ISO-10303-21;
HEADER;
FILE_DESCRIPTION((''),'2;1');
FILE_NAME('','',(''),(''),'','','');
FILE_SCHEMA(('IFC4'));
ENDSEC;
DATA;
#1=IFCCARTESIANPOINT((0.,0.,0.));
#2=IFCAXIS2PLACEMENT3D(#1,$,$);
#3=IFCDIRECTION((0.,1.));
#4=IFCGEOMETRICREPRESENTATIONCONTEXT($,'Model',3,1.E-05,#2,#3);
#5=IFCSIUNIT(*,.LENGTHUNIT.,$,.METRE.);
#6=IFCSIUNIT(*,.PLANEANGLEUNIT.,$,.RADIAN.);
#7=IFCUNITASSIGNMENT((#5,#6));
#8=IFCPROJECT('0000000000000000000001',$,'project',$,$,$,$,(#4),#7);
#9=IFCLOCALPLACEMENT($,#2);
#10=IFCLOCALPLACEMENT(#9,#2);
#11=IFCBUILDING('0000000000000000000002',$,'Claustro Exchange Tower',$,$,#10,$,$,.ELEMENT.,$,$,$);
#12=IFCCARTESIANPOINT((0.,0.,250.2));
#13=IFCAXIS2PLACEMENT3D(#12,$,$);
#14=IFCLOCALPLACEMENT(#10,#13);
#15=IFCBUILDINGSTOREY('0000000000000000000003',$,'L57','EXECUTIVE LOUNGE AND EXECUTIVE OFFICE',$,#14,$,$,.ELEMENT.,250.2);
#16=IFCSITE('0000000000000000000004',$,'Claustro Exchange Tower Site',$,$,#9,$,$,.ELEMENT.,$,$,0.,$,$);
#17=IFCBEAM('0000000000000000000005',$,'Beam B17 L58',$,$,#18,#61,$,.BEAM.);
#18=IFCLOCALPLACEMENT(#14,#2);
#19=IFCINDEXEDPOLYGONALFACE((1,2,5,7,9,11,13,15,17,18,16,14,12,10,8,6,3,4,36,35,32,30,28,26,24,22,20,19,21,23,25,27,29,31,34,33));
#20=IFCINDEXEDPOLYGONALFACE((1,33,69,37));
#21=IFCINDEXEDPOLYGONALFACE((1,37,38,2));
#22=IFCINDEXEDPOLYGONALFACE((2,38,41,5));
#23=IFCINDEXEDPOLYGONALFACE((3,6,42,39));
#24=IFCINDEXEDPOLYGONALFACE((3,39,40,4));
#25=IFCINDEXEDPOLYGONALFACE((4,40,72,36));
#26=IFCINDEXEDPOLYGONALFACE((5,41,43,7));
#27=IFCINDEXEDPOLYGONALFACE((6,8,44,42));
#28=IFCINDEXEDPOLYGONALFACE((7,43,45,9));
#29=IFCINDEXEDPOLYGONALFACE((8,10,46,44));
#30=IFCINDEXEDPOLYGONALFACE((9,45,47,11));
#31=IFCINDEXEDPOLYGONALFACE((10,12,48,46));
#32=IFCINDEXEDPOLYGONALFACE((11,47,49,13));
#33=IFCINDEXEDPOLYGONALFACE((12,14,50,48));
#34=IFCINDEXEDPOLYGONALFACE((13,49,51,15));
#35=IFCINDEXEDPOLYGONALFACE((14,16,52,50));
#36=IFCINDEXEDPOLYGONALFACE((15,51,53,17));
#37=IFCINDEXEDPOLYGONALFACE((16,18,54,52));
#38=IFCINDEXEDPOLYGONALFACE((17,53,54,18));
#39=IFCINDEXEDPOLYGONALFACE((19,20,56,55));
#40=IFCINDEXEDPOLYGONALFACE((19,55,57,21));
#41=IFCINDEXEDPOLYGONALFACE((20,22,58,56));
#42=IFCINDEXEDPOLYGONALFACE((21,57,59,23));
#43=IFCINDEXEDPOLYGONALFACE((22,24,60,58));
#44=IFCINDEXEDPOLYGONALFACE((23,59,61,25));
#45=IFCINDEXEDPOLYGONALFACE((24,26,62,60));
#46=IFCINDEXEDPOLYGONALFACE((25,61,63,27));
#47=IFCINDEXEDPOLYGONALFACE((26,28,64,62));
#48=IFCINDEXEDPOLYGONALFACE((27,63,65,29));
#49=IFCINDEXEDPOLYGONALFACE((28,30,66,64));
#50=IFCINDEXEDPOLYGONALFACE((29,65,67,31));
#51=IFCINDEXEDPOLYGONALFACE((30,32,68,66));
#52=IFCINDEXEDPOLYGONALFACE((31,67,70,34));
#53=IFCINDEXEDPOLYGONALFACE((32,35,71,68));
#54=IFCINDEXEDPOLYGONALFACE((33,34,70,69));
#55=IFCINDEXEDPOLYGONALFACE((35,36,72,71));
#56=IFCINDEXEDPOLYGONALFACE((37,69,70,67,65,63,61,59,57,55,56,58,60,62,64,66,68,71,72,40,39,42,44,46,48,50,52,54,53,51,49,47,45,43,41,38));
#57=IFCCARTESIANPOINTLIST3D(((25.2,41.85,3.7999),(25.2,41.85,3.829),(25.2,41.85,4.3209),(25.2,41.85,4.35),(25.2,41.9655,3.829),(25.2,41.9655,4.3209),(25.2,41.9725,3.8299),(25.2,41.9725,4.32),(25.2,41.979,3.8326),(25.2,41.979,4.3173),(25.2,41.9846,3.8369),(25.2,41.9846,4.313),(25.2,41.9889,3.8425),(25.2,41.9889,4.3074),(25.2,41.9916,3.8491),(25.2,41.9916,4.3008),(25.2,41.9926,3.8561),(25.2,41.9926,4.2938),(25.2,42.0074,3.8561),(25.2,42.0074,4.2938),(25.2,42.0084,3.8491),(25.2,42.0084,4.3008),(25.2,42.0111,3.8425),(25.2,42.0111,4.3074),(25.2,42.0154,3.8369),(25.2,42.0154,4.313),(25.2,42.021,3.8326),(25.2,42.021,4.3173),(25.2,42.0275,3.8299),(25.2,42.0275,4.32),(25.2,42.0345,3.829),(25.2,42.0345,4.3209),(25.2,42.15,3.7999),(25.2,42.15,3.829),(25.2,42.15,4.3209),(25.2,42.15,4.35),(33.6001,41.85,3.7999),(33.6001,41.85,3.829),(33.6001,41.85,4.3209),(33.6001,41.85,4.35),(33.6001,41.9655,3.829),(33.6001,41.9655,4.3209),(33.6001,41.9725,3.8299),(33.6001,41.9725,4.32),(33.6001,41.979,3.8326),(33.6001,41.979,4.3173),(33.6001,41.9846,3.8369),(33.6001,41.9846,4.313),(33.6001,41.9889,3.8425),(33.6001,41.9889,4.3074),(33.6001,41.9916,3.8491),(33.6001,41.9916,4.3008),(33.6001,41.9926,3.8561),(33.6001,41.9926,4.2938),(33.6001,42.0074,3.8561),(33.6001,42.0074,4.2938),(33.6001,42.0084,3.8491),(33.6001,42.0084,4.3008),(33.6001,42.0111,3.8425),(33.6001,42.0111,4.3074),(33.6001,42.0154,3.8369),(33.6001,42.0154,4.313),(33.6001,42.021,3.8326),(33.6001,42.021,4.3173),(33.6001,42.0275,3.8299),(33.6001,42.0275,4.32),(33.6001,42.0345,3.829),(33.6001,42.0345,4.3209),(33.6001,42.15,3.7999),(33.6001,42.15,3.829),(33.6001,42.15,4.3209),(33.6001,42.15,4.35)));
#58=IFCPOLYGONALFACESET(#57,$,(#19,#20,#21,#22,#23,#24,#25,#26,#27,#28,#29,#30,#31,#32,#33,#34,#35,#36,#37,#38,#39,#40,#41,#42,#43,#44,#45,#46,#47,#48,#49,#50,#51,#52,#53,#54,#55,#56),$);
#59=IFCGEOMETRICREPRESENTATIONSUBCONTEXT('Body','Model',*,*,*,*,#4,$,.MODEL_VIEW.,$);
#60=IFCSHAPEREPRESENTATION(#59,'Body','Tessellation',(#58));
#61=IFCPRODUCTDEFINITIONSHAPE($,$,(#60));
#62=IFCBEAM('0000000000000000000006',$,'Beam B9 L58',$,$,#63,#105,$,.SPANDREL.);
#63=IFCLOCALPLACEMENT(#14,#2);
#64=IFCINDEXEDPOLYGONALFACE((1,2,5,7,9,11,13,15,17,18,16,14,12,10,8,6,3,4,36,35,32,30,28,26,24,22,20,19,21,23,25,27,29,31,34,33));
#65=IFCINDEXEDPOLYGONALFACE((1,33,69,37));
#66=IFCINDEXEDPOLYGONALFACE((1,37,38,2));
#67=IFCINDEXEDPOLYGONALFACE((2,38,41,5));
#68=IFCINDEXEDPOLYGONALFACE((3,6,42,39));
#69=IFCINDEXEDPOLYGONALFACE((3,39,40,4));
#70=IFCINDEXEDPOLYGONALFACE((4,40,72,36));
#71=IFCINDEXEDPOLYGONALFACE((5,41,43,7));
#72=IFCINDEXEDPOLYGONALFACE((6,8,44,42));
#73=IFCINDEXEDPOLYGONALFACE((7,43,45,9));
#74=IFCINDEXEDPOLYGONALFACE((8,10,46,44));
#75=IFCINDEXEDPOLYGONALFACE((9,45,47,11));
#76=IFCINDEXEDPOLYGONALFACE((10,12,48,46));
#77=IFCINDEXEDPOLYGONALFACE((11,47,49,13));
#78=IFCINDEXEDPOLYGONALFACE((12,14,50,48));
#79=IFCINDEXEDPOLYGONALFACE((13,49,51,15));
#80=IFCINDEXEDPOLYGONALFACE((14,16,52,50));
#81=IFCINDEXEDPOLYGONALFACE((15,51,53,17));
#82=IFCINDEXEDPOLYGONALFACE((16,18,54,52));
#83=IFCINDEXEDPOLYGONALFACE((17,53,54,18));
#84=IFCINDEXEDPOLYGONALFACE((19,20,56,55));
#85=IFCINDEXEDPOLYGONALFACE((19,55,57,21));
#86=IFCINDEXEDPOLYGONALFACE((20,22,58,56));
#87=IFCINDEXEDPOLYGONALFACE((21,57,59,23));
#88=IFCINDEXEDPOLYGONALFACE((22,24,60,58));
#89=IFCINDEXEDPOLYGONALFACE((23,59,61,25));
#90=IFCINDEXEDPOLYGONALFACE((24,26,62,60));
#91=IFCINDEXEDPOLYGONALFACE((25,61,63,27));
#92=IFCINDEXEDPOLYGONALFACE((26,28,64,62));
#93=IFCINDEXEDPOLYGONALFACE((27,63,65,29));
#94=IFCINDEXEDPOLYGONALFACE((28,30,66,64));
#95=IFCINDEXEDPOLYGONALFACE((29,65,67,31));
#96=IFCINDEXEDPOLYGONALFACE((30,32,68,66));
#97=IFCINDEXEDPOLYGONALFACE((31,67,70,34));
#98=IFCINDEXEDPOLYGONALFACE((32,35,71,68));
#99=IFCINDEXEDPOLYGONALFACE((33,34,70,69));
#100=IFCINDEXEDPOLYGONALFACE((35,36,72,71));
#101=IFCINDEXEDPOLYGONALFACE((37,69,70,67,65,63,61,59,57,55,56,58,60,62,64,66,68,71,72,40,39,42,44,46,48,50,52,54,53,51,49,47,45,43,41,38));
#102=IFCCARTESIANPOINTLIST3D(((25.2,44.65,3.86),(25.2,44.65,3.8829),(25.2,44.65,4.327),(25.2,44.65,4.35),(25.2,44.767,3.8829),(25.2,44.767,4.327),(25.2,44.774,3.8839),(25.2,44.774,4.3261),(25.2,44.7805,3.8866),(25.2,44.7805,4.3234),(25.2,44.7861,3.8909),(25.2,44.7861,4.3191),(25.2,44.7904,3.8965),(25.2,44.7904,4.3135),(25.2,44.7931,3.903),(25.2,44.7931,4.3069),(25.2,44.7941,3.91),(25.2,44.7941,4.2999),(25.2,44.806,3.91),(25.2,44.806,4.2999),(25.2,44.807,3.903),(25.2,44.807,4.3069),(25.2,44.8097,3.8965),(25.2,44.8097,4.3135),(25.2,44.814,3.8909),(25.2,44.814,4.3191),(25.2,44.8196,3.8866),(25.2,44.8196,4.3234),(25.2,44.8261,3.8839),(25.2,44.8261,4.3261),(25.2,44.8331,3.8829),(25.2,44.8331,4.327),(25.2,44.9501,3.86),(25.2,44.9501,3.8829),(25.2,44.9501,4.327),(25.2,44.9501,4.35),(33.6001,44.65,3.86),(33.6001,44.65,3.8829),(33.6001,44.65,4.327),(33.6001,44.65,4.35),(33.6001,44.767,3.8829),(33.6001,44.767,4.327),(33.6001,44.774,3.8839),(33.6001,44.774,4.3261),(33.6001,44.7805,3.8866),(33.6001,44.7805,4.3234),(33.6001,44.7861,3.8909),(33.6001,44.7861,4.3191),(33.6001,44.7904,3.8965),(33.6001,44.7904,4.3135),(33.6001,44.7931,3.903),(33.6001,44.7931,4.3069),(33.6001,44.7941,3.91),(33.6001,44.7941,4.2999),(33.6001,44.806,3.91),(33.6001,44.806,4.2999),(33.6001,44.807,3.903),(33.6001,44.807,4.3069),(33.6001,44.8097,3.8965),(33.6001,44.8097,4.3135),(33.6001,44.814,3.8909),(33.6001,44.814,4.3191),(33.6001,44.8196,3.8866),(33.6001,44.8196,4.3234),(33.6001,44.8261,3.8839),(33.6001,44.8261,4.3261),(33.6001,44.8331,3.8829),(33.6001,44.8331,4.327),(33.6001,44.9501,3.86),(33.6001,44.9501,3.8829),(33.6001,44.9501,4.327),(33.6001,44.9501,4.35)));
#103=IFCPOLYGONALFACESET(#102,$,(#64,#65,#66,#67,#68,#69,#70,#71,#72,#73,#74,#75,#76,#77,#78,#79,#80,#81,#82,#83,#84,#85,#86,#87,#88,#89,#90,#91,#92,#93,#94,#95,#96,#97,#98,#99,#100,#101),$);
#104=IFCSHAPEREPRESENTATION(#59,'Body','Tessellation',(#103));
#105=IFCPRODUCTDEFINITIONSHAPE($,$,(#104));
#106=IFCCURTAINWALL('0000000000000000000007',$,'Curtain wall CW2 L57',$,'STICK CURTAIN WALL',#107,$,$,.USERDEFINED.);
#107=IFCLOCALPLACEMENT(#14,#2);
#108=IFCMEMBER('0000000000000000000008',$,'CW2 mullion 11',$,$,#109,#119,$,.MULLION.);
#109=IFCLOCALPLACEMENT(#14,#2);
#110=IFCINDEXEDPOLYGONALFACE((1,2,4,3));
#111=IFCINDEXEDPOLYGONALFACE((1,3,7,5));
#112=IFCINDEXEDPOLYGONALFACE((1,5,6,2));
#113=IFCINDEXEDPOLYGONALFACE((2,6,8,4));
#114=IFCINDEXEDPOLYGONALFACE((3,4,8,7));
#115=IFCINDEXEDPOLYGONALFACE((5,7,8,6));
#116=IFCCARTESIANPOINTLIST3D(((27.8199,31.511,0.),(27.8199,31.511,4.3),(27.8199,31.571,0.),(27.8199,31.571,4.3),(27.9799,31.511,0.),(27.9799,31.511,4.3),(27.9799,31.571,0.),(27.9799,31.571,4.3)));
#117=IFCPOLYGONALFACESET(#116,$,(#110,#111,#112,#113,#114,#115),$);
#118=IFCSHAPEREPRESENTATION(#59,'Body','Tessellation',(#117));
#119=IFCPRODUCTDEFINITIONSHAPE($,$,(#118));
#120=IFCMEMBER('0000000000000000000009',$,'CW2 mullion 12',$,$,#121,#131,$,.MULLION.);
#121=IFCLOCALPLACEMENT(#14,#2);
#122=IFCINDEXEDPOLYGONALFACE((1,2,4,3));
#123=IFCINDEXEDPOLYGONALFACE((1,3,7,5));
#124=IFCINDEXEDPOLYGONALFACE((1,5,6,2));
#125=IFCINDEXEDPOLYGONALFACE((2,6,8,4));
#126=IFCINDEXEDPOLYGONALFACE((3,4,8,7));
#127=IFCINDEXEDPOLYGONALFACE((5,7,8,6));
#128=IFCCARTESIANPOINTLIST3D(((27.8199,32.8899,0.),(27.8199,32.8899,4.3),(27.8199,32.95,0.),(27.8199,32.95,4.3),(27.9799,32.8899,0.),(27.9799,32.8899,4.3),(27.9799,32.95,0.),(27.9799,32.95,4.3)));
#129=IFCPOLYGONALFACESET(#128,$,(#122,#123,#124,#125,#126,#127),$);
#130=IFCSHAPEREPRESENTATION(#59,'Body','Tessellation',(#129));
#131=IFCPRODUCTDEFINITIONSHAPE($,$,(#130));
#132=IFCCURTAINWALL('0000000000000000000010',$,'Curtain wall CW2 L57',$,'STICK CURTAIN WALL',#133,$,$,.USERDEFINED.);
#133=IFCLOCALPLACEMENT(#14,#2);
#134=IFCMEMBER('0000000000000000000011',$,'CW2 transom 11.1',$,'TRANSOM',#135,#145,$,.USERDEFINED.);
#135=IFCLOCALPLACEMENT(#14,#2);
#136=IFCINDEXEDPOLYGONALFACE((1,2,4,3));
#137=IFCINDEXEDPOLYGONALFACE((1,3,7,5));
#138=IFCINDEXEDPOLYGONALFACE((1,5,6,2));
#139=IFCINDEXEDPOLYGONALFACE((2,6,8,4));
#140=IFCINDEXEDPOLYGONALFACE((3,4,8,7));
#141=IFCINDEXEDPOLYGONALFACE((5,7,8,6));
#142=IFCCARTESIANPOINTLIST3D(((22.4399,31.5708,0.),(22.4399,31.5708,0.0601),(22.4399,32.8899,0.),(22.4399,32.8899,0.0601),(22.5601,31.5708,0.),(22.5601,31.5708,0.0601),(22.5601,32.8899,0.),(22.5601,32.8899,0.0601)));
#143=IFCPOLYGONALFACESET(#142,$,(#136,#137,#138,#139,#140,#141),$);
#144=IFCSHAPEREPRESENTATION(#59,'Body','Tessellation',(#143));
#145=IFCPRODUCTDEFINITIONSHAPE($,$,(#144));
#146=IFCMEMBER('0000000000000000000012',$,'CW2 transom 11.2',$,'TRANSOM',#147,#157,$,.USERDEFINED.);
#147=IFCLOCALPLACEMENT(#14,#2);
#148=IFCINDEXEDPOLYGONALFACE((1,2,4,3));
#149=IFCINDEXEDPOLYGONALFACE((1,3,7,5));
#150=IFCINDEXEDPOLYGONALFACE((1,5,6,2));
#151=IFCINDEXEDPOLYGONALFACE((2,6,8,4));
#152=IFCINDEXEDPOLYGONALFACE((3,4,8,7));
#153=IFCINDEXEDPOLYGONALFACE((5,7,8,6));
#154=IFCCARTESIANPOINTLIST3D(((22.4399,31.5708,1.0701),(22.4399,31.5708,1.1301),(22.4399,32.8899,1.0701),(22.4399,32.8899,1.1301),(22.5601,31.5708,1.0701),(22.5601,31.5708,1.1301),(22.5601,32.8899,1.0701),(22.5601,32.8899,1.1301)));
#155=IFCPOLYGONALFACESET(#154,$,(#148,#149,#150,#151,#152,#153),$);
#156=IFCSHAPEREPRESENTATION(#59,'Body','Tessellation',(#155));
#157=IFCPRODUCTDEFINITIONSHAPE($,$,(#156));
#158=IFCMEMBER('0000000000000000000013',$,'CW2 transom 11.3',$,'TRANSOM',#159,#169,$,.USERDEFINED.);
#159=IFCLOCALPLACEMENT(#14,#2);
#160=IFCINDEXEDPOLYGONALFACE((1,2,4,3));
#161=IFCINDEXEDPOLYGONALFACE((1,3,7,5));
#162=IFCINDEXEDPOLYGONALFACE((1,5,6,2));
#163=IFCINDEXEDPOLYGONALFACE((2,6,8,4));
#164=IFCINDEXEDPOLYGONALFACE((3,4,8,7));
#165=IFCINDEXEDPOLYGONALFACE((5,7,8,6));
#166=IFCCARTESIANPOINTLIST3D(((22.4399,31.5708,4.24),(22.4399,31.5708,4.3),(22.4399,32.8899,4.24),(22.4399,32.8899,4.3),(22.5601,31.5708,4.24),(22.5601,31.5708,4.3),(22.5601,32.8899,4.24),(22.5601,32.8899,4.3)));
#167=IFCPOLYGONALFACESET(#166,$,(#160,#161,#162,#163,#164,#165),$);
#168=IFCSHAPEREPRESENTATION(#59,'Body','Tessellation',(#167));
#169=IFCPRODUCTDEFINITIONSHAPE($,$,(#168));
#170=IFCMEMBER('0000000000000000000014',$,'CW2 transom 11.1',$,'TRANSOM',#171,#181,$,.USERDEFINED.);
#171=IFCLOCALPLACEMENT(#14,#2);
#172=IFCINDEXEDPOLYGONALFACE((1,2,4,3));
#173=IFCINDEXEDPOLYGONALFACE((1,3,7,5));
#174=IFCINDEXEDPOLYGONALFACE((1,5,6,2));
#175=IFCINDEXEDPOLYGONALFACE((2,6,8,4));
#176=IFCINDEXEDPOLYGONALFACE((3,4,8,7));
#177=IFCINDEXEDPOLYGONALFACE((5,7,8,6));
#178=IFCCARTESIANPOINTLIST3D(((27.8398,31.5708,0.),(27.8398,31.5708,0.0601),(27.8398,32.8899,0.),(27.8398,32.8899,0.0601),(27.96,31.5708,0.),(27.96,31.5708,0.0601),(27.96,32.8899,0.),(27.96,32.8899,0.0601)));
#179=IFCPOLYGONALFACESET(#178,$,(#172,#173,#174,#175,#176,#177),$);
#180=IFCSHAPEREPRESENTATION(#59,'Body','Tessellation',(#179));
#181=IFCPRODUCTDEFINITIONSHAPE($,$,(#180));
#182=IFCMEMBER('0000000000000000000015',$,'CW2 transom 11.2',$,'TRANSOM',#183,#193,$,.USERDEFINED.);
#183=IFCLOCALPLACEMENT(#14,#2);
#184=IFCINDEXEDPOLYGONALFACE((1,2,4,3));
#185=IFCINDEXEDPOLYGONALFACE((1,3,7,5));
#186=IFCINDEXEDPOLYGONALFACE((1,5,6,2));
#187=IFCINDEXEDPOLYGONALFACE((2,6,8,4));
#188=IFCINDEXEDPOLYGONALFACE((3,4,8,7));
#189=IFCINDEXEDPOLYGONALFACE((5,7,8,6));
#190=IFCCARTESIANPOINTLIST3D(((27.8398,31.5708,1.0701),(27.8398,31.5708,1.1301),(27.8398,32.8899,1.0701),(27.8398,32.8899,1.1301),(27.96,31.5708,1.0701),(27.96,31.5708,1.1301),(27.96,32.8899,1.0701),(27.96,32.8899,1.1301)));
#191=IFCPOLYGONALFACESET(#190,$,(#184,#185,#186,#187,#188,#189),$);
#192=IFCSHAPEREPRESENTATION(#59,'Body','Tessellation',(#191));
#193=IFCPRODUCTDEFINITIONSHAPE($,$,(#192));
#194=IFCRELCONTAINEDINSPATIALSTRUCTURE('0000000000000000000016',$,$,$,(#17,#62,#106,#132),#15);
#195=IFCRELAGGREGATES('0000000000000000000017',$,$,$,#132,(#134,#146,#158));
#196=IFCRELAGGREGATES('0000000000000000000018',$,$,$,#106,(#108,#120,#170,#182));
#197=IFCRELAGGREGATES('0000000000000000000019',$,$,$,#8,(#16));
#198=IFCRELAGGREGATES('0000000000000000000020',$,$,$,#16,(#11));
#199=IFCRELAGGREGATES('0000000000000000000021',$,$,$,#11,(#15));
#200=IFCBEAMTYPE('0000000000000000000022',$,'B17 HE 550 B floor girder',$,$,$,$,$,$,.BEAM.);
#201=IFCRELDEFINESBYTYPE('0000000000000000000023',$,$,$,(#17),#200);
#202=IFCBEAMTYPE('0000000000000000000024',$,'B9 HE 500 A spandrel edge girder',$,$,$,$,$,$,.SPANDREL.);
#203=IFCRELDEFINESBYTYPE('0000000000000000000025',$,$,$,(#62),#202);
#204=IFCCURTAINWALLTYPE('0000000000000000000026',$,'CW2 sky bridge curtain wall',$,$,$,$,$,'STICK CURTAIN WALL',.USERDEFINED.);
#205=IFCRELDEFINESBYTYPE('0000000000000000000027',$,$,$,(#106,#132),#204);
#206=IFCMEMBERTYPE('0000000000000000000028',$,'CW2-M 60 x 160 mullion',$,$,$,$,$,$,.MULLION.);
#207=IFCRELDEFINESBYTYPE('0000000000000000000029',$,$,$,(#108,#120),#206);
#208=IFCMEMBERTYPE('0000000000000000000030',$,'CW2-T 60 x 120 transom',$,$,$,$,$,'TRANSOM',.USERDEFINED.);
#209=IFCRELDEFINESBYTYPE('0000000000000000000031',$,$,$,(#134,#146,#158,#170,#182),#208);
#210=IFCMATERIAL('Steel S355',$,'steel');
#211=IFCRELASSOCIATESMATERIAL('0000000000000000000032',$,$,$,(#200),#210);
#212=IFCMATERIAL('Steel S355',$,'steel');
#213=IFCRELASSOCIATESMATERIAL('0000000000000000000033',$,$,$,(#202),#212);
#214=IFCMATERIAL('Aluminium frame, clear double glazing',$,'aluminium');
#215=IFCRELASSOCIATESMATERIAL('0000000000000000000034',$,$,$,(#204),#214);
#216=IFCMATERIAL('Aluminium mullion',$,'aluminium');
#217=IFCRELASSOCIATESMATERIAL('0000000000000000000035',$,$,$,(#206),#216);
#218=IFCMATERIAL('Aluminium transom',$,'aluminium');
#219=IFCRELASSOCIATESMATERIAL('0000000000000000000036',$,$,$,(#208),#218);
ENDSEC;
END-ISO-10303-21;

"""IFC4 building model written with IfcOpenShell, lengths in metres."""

from ifc_helpers import new_model, si_unit, direction, frame, origin, origin_2d, place, context, subcontext, project, spatial, rectangle, i_section, extrude, material, material_profile, profile_set, type_object, element, aggregate, save


model = new_model("IFC4")

# Units and contexts
model_context = context("Model", 3, precision=1e-05, world=origin(), true_north=direction((0.0, 1.0)))
body_context = subcontext(model_context, "Body", "Model", "MODEL_VIEW")
ifc_project = project(units=[si_unit("LENGTHUNIT", "METRE"), si_unit("PLANEANGLEUNIT", "RADIAN")], contexts=[model_context])

# Site, building, storey
site_placement = place(None, origin())
site = spatial("IfcSite", under=ifc_project, at=site_placement, Name="Claustro Exchange Tower Site", CompositionType="ELEMENT", RefElevation=0.0)
building_placement = place(site_placement, origin())
building = spatial("IfcBuilding", under=site, at=building_placement, Name="Claustro Exchange Tower", CompositionType="ELEMENT")
storey_placement = place(building_placement, frame((0.0, 0.0, 250.2)))
storey = spatial("IfcBuildingStorey", under=building, at=storey_placement, Name="L57", Description="EXECUTIVE LOUNGE AND EXECUTIVE OFFICE", CompositionType="ELEMENT", Elevation=250.2)

# Beams
ifc_material_1 = material(Name="Steel S355", Category="steel")
ifc_material_profile_1 = material_profile(ifc_material_1, i_section(OverallWidth=0.3, OverallDepth=0.55, WebThickness=0.0149, FlangeThickness=0.0291, FilletRadius=0.0271, at=origin_2d()), Name="HE 550 B")
ifc_profile_set_1 = profile_set([ifc_material_profile_1], Name="Steel S355")
beam_type_1 = type_object("IfcBeamType", Name="B17 HE 550 B floor girder", PredefinedType="BEAM", material=ifc_profile_set_1)
beam_1_placement = place(storey_placement, frame((25.2, 42.0, 4.075), z_axis=(1.0, 0.0, 0.0), x_axis=(0.0, 1.0, 0.0)))
element("IfcBeam", 1, at=beam_1_placement, inside=storey, type_object=beam_type_1, Name="Beam B17 L58", PredefinedType="BEAM", context=body_context, shape_type="SweptSolid", body=[
    extrude(i_section(OverallWidth=0.3, OverallDepth=0.55, WebThickness=0.0149, FlangeThickness=0.0291, FilletRadius=0.0271, at=origin_2d()), origin(), (0.0, 0.0, 1.0), 8.4001),
])
ifc_material_2 = material(Name="Steel S355", Category="steel")
ifc_material_profile_2 = material_profile(ifc_material_2, i_section(OverallWidth=0.3, OverallDepth=0.49, WebThickness=0.012, FlangeThickness=0.0229, FilletRadius=0.0271, at=origin_2d()), Name="HE 500 A")
ifc_profile_set_2 = profile_set([ifc_material_profile_2], Name="Steel S355")
beam_type_2 = type_object("IfcBeamType", Name="B9 HE 500 A spandrel edge girder", PredefinedType="SPANDREL", material=ifc_profile_set_2)
beam_2_placement = place(storey_placement, frame((25.2, 44.8, 4.105), z_axis=(1.0, 0.0, 0.0), x_axis=(0.0, 1.0, 0.0)))
element("IfcBeam", 2, at=beam_2_placement, inside=storey, type_object=beam_type_2, Name="Beam B9 L58", PredefinedType="SPANDREL", context=body_context, shape_type="SweptSolid", body=[
    extrude(i_section(OverallWidth=0.3, OverallDepth=0.49, WebThickness=0.012, FlangeThickness=0.0229, FilletRadius=0.0271, at=origin_2d()), origin(), (0.0, 0.0, 1.0), 8.4001),
])

# Curtain walls, members
ifc_material_3 = material(Name="Aluminium frame, clear double glazing", Category="aluminium")
curtain_wall_type = type_object("IfcCurtainWallType", Name="CW2 sky bridge curtain wall", ElementType="STICK CURTAIN WALL", PredefinedType="USERDEFINED", material=ifc_material_3)
curtain_wall_1_placement = place(storey_placement, origin())
curtain_wall_1 = element("IfcCurtainWall", 3, at=curtain_wall_1_placement, inside=storey, type_object=curtain_wall_type, Name="Curtain wall CW2 L57", ObjectType="STICK CURTAIN WALL", PredefinedType="USERDEFINED")
ifc_material_4 = material(Name="Aluminium mullion", Category="aluminium")
ifc_material_profile_3 = material_profile(ifc_material_4, rectangle(XDim=0.1599, YDim=0.0601, at=origin_2d()), Name="CW2-M 60x160")
ifc_profile_set_3 = profile_set([ifc_material_profile_3], Name="Aluminium mullion")
member_type_1 = type_object("IfcMemberType", Name="CW2-M 60 x 160 mullion", PredefinedType="MULLION", material=ifc_profile_set_3)
member_1_placement = place(storey_placement, frame((27.8999, 31.541, 0.0), z_axis=(0.0, 0.0, 1.0), x_axis=(-1.0, 0.0, 0.0)))
member_1 = element("IfcMember", 4, at=member_1_placement, type_object=member_type_1, Name="CW2 mullion 11", PredefinedType="MULLION", context=body_context, shape_type="SweptSolid", body=[
    extrude(rectangle(XDim=0.1599, YDim=0.0601, at=origin_2d()), origin(), (0.0, 0.0, 1.0), 4.3),
])
member_2_placement = place(storey_placement, frame((27.8999, 32.9199, 0.0), z_axis=(0.0, 0.0, 1.0), x_axis=(-1.0, 0.0, 0.0)))
member_2 = element("IfcMember", 5, at=member_2_placement, type_object=member_type_1, Name="CW2 mullion 12", PredefinedType="MULLION", context=body_context, shape_type="SweptSolid", body=[
    extrude(rectangle(XDim=0.1599, YDim=0.0601, at=origin_2d()), origin(), (0.0, 0.0, 1.0), 4.3),
])
curtain_wall_2_placement = place(storey_placement, origin())
curtain_wall_2 = element("IfcCurtainWall", 6, at=curtain_wall_2_placement, inside=storey, type_object=curtain_wall_type, Name="Curtain wall CW2 L57", ObjectType="STICK CURTAIN WALL", PredefinedType="USERDEFINED")
ifc_material_5 = material(Name="Aluminium transom", Category="aluminium")
ifc_material_profile_4 = material_profile(ifc_material_5, rectangle(XDim=0.1201, YDim=0.0601, at=origin_2d()), Name="CW2-T 60x120")
ifc_profile_set_4 = profile_set([ifc_material_profile_4], Name="Aluminium transom")
member_type_2 = type_object("IfcMemberType", Name="CW2-T 60 x 120 transom", ElementType="TRANSOM", PredefinedType="USERDEFINED", material=ifc_profile_set_4)
member_3_placement = place(storey_placement, frame((22.5, 31.5708, 0.03), z_axis=(0.0, 1.0, 0.0), x_axis=(-1.0, 0.0, 0.0)))
member_3 = element("IfcMember", 7, at=member_3_placement, type_object=member_type_2, Name="CW2 transom 11.1", ObjectType="TRANSOM", PredefinedType="USERDEFINED", context=body_context, shape_type="SweptSolid", body=[
    extrude(rectangle(XDim=0.1201, YDim=0.0601, at=origin_2d()), origin(), (0.0, 0.0, 1.0), 1.3191),
])
member_4_placement = place(storey_placement, frame((22.5, 31.5708, 1.1001), z_axis=(0.0, 1.0, 0.0), x_axis=(-1.0, 0.0, 0.0)))
member_4 = element("IfcMember", 8, at=member_4_placement, type_object=member_type_2, Name="CW2 transom 11.2", ObjectType="TRANSOM", PredefinedType="USERDEFINED", context=body_context, shape_type="SweptSolid", body=[
    extrude(rectangle(XDim=0.1201, YDim=0.0601, at=origin_2d()), origin(), (0.0, 0.0, 1.0), 1.3191),
])
member_5_placement = place(storey_placement, frame((22.5, 31.5708, 4.27), z_axis=(0.0, 1.0, 0.0), x_axis=(-1.0, 0.0, 0.0)))
member_5 = element("IfcMember", 9, at=member_5_placement, type_object=member_type_2, Name="CW2 transom 11.3", ObjectType="TRANSOM", PredefinedType="USERDEFINED", context=body_context, shape_type="SweptSolid", body=[
    extrude(rectangle(XDim=0.1201, YDim=0.0601, at=origin_2d()), origin(), (0.0, 0.0, 1.0), 1.3191),
])

# Members
member_6_placement = place(storey_placement, frame((27.8999, 31.5708, 0.03), z_axis=(0.0, 1.0, 0.0), x_axis=(-1.0, 0.0, 0.0)))
member_6 = element("IfcMember", 10, at=member_6_placement, type_object=member_type_2, Name="CW2 transom 11.1", ObjectType="TRANSOM", PredefinedType="USERDEFINED", context=body_context, shape_type="SweptSolid", body=[
    extrude(rectangle(XDim=0.1201, YDim=0.0601, at=origin_2d()), origin(), (0.0, 0.0, 1.0), 1.3191),
])
member_7_placement = place(storey_placement, frame((27.8999, 31.5708, 1.1001), z_axis=(0.0, 1.0, 0.0), x_axis=(-1.0, 0.0, 0.0)))
member_7 = element("IfcMember", 11, at=member_7_placement, type_object=member_type_2, Name="CW2 transom 11.2", ObjectType="TRANSOM", PredefinedType="USERDEFINED", context=body_context, shape_type="SweptSolid", body=[
    extrude(rectangle(XDim=0.1201, YDim=0.0601, at=origin_2d()), origin(), (0.0, 0.0, 1.0), 1.3191),
])

aggregate(curtain_wall_2, [member_3, member_4, member_5])
aggregate(curtain_wall_1, [member_1, member_2, member_6, member_7])

save(model, "model.ifc")
